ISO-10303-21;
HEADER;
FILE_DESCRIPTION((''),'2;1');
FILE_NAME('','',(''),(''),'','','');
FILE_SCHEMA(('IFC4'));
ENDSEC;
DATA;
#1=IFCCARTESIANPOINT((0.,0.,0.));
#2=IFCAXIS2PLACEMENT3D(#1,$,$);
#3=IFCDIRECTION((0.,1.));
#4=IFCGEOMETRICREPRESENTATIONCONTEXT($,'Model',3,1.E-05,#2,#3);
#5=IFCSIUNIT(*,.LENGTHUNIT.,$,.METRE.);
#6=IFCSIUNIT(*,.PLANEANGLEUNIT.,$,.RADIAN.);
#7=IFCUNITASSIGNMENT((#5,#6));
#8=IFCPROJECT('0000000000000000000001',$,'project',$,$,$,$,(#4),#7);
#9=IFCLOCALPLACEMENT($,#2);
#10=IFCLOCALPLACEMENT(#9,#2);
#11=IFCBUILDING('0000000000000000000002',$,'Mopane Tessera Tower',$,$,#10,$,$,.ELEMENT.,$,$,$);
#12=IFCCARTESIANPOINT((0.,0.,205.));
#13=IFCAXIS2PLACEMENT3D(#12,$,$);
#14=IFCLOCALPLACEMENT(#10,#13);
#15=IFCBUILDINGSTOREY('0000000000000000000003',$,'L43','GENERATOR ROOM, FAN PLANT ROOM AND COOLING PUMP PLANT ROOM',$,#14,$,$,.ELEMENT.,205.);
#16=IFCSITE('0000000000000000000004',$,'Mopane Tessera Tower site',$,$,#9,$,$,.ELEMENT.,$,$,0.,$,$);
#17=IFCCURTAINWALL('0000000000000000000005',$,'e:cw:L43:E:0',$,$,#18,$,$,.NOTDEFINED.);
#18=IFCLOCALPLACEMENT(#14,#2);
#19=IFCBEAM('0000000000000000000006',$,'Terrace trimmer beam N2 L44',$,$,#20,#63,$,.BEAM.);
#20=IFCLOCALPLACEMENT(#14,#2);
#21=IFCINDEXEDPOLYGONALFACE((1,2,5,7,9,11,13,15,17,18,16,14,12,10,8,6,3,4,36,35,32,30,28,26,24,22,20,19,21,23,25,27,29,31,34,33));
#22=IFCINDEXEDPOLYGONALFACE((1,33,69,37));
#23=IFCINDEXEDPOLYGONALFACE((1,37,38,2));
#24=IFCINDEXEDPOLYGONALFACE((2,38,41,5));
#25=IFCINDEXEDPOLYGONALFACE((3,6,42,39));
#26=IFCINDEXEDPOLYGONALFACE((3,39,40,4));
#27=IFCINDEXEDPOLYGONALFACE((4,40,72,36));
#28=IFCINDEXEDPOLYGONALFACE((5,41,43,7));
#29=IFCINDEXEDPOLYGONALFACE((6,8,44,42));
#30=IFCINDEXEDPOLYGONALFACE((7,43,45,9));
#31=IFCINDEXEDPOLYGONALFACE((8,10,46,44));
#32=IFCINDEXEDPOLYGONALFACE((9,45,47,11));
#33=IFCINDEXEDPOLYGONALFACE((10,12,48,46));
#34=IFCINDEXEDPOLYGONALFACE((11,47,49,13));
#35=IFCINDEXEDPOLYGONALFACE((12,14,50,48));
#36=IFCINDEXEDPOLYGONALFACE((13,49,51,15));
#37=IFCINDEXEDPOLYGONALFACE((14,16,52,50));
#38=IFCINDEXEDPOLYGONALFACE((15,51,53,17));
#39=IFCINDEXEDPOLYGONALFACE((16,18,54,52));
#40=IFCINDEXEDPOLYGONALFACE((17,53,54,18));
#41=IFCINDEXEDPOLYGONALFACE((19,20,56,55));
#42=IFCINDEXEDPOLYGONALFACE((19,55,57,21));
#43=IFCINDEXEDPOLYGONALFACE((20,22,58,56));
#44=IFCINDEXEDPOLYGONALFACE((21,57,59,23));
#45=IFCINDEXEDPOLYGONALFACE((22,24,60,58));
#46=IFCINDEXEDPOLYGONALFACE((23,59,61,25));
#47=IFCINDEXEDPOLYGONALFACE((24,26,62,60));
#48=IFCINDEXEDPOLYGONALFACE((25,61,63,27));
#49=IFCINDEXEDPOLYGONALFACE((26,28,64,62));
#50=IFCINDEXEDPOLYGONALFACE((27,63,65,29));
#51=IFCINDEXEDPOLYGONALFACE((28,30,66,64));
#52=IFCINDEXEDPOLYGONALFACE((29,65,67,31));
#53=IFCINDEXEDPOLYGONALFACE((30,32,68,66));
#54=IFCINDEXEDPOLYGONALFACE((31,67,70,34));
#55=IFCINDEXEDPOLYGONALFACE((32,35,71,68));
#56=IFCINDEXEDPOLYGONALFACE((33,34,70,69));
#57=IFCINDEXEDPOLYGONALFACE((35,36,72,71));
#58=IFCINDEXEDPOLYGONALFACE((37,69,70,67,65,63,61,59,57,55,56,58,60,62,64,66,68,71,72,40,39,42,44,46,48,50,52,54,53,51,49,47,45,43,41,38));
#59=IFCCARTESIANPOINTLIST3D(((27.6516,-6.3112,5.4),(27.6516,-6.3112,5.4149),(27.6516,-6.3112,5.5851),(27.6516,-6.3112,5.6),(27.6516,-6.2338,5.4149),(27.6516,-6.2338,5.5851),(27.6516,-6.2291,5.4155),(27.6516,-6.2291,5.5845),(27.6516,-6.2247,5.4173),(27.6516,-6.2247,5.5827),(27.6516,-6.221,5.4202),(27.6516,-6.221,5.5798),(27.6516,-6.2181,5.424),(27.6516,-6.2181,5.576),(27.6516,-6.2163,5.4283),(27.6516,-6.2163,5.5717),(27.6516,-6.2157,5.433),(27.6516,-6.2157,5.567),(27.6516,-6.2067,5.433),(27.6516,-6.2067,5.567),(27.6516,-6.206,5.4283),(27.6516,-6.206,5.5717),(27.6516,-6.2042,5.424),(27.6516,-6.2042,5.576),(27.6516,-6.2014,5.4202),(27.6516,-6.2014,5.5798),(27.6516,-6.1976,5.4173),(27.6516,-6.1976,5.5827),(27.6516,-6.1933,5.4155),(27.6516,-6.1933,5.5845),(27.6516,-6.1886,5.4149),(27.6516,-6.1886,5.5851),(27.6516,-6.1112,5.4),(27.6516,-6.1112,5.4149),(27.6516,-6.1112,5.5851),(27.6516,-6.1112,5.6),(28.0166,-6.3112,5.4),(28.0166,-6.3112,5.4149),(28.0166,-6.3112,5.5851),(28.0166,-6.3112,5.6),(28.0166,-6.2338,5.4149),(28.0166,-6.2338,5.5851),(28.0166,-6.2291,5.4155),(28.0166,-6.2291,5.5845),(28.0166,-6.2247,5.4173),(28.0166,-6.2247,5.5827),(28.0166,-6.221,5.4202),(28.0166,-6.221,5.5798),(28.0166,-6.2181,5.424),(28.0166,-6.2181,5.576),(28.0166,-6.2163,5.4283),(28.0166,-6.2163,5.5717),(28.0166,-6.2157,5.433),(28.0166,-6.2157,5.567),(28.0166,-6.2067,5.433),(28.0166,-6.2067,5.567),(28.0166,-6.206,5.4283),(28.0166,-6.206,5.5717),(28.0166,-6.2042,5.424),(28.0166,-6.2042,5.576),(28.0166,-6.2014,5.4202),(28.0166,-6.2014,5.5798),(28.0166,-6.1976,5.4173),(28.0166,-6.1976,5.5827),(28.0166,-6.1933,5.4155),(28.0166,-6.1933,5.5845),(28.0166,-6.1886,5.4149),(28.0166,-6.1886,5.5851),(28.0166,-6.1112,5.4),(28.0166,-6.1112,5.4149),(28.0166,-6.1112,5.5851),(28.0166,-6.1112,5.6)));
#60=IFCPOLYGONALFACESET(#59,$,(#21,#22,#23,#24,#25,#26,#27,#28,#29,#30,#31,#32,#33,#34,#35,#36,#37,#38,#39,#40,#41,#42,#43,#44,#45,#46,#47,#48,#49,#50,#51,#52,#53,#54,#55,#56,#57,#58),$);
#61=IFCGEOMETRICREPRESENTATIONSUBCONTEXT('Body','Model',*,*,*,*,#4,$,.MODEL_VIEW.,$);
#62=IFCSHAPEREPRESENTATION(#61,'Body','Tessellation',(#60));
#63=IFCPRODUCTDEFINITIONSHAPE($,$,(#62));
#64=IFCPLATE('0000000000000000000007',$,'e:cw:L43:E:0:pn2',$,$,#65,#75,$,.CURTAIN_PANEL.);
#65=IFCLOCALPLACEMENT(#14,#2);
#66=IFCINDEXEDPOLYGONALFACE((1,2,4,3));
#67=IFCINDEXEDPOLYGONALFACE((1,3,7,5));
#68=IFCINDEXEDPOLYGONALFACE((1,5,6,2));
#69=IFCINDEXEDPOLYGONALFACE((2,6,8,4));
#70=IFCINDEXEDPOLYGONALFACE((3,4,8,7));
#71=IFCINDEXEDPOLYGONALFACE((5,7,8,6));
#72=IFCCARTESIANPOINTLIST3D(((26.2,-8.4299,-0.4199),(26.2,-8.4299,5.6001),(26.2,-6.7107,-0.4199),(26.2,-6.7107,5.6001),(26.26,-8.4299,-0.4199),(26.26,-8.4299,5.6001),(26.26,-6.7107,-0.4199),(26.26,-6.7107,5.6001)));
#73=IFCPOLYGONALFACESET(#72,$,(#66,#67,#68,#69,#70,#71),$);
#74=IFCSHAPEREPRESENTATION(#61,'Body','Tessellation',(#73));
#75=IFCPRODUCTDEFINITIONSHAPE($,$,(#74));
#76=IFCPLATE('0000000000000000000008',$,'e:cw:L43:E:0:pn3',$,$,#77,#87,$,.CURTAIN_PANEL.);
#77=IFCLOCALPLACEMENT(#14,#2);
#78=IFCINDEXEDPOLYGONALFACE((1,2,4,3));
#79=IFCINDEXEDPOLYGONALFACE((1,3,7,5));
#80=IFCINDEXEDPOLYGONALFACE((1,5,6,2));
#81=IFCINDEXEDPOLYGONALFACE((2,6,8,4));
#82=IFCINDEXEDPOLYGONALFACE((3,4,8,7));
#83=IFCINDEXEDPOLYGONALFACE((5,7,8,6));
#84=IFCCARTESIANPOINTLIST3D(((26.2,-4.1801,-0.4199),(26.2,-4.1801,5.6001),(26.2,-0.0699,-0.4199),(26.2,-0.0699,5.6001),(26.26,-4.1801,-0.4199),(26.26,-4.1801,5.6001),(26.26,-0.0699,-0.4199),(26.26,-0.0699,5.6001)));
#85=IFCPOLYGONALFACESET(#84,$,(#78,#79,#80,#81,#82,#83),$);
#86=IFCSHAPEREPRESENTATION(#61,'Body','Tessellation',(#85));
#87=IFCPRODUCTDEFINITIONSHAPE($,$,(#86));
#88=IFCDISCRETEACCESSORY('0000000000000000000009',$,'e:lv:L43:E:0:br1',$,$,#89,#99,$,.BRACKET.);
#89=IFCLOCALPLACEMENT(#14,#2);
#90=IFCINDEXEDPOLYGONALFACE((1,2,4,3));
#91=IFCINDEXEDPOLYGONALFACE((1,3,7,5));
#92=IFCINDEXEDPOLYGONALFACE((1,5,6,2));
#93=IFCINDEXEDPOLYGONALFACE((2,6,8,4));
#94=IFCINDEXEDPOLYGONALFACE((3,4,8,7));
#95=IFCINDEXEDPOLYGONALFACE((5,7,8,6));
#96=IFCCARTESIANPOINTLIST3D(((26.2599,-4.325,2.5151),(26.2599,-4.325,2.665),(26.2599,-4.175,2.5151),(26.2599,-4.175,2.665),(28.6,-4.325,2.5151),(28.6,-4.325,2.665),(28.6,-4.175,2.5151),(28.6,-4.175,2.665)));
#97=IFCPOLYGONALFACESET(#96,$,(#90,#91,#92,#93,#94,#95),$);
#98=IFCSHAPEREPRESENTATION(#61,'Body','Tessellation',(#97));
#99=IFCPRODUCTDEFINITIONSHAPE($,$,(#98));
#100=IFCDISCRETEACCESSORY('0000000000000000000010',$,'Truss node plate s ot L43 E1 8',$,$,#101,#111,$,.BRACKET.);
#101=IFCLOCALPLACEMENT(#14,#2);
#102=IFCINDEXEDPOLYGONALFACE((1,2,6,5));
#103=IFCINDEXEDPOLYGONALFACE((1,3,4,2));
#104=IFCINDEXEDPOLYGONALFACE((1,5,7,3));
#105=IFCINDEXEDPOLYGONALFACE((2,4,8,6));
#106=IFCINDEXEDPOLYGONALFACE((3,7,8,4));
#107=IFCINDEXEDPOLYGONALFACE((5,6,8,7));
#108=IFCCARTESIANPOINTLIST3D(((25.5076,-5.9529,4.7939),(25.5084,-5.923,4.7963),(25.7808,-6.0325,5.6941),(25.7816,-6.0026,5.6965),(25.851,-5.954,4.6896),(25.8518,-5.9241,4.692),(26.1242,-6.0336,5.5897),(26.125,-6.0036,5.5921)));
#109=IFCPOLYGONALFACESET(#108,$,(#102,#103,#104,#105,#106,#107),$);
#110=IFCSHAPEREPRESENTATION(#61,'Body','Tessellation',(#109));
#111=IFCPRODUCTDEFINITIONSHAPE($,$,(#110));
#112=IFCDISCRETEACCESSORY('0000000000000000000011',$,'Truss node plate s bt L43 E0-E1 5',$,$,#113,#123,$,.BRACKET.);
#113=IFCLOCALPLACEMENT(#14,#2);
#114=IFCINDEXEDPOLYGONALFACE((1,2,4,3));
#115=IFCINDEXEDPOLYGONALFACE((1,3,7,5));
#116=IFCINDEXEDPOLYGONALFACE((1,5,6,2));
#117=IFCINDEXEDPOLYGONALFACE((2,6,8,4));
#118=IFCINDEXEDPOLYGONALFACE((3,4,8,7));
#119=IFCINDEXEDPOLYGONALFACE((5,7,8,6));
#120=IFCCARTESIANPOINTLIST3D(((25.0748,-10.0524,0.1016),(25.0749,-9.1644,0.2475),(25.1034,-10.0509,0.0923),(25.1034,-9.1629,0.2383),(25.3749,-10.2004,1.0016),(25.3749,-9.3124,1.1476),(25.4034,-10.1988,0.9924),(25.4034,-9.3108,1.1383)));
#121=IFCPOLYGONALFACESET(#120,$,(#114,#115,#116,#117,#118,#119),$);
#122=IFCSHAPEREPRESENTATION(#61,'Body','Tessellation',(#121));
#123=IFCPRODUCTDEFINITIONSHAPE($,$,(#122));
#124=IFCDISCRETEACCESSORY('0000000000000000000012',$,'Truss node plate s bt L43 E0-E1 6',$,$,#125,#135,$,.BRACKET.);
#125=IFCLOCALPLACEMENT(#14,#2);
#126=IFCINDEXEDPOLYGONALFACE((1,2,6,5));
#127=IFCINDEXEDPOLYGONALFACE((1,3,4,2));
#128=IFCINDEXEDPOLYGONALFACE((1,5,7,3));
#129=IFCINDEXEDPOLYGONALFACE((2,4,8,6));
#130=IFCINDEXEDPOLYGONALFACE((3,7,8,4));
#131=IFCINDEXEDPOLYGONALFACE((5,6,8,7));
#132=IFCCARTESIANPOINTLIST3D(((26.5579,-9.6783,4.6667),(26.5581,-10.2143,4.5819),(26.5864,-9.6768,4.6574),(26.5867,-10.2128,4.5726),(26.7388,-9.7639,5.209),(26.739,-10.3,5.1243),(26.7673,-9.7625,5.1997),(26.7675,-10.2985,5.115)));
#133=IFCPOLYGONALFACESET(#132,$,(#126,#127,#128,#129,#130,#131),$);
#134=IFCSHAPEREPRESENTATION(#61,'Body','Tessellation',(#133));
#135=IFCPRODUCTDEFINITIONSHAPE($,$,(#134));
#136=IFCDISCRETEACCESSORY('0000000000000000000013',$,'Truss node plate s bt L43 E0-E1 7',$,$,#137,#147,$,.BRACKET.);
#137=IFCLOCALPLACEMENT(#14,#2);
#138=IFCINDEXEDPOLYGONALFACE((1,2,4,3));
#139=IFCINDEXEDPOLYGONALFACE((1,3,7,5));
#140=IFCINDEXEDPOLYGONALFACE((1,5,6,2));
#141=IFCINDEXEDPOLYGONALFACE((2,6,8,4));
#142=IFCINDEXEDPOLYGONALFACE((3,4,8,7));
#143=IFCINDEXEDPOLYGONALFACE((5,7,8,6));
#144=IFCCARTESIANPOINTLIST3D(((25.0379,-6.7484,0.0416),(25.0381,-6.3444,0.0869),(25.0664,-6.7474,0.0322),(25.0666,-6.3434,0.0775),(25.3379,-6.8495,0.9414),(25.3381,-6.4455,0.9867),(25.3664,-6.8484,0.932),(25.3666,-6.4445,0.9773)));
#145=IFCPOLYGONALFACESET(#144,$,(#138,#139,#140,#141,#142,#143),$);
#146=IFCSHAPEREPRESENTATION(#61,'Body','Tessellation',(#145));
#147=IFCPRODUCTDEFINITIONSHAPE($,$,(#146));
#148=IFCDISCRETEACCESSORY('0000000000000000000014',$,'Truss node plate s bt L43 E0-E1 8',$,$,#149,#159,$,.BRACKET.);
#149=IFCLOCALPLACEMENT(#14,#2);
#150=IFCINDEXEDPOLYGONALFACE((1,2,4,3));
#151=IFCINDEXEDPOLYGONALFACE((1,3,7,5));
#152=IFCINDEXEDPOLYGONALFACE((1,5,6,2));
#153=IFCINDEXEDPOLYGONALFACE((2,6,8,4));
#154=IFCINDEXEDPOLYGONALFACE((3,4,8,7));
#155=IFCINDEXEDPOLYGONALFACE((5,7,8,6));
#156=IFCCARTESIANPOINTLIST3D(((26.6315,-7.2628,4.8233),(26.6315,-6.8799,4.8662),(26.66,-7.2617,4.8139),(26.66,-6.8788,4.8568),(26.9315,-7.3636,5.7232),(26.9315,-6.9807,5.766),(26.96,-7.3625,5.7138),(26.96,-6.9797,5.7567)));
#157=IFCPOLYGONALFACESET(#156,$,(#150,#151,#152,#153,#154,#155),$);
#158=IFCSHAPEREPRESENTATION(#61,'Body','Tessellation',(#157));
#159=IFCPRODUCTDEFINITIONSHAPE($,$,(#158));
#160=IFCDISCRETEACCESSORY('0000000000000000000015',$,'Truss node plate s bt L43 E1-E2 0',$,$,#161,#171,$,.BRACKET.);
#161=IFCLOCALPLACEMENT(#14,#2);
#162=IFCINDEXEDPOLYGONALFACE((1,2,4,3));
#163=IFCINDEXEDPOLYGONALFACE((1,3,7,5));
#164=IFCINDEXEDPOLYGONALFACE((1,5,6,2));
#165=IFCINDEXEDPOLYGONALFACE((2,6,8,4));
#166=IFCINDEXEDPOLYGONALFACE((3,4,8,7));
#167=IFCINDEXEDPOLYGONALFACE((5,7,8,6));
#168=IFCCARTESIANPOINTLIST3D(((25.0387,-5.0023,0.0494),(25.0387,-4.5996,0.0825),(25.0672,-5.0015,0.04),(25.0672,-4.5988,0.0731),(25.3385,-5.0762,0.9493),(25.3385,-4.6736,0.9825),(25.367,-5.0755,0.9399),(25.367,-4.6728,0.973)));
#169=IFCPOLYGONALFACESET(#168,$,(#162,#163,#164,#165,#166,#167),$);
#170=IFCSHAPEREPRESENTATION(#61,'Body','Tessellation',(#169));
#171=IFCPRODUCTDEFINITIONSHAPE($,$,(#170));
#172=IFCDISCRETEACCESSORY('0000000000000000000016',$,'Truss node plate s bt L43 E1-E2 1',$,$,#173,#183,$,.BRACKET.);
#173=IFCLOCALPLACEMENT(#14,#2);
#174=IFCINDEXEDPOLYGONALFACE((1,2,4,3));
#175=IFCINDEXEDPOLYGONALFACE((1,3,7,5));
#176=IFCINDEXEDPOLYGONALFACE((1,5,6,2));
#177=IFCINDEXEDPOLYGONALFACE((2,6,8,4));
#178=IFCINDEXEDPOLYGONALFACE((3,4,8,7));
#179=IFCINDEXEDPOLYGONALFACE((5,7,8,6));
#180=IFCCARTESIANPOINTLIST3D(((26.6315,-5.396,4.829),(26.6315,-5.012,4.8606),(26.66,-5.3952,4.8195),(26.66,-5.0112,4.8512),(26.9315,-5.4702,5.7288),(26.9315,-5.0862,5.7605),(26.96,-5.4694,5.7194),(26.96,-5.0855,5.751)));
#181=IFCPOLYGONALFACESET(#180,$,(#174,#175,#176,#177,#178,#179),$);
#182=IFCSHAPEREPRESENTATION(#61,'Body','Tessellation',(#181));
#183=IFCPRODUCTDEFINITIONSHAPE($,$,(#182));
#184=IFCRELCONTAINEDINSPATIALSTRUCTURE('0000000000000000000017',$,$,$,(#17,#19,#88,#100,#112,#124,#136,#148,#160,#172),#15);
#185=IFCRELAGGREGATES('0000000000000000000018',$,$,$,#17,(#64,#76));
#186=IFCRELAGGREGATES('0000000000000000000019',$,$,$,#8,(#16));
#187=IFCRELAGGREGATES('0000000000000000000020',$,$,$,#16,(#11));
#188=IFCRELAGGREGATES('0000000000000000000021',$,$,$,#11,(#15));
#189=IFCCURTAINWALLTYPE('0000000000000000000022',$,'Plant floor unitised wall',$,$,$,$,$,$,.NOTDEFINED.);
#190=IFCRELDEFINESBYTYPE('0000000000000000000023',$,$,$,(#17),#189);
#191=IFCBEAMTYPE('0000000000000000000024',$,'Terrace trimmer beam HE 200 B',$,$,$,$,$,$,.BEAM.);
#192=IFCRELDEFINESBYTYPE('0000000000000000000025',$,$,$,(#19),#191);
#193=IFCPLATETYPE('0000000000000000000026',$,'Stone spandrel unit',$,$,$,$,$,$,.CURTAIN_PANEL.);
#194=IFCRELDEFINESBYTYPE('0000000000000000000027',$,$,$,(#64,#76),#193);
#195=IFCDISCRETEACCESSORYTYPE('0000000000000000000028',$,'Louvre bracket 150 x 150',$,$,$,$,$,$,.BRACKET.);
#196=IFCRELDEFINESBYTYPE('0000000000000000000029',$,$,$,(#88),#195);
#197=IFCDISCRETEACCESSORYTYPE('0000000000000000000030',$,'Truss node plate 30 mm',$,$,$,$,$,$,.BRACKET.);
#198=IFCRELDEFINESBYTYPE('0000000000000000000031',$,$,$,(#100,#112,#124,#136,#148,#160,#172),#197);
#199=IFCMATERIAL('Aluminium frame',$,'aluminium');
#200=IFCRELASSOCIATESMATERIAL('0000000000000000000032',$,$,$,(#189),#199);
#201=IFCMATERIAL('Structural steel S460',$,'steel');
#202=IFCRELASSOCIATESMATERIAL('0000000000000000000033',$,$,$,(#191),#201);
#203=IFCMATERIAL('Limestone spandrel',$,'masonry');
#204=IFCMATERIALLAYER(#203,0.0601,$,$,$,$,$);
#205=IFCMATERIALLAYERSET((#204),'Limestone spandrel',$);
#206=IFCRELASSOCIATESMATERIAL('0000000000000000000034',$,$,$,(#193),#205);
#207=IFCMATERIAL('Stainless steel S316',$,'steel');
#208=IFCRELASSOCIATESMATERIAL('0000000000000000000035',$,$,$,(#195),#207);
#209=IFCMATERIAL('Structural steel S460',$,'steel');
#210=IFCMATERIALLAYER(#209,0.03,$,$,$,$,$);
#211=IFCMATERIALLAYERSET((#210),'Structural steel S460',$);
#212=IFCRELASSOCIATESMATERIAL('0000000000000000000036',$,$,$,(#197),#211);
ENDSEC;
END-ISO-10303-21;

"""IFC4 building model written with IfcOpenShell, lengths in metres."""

from ifc_helpers import new_model, si_unit, direction, frame, origin, origin_2d, place, context, subcontext, project, spatial, rectangle, i_section, extrude, material, layer, layer_set, material_profile, profile_set, type_object, element, aggregate, save


model = new_model("IFC4")

# Units and contexts
model_context = context("Model", 3, precision=1e-05, world=origin(), true_north=direction((0.0, 1.0)))
body_context = subcontext(model_context, "Body", "Model", "MODEL_VIEW")
ifc_project = project(units=[si_unit("LENGTHUNIT", "METRE"), si_unit("PLANEANGLEUNIT", "RADIAN")], contexts=[model_context])

# Site, building, storey
site_placement = place(None, origin())
site = spatial("IfcSite", under=ifc_project, at=site_placement, Name="Mopane Tessera Tower site", CompositionType="ELEMENT", RefElevation=0.0)
building_placement = place(site_placement, origin())
building = spatial("IfcBuilding", under=site, at=building_placement, Name="Mopane Tessera Tower", CompositionType="ELEMENT")
storey_placement = place(building_placement, frame((0.0, 0.0, 205.0)))
storey = spatial("IfcBuildingStorey", under=building, at=storey_placement, Name="L43", Description="GENERATOR ROOM, FAN PLANT ROOM AND COOLING PUMP PLANT ROOM", CompositionType="ELEMENT", Elevation=205.0)

# Curtain wall
ifc_material_1 = material(Name="Aluminium frame", Category="aluminium")
curtain_wall_type = type_object("IfcCurtainWallType", Name="Plant floor unitised wall", PredefinedType="NOTDEFINED", material=ifc_material_1)
curtain_wall_placement = place(storey_placement, origin())
curtain_wall = element("IfcCurtainWall", 1, at=curtain_wall_placement, inside=storey, type_object=curtain_wall_type, Name="e:cw:L43:E:0", PredefinedType="NOTDEFINED")

# Beam
ifc_material_2 = material(Name="Structural steel S460", Category="steel")
ifc_material_profile_1 = material_profile(ifc_material_2, i_section(OverallWidth=0.2, OverallDepth=0.2, WebThickness=0.009, FlangeThickness=0.0149, FilletRadius=0.0181, at=origin_2d()))
ifc_profile_set_1 = profile_set([ifc_material_profile_1], Name="Structural steel S460")
beam_type = type_object("IfcBeamType", Name="Terrace trimmer beam HE 200 B", PredefinedType="BEAM", material=ifc_profile_set_1)
beam_placement = place(storey_placement, frame((27.6516, -6.2112, 5.5), z_axis=(1.0, 0.0, 0.0), x_axis=(0.0, 1.0, 0.0)))
element("IfcBeam", 2, at=beam_placement, inside=storey, type_object=beam_type, Name="Terrace trimmer beam N2 L44", PredefinedType="BEAM", context=body_context, shape_type="SweptSolid", body=[
    extrude(i_section(OverallWidth=0.2, OverallDepth=0.2, WebThickness=0.009, FlangeThickness=0.0149, FilletRadius=0.0181, at=origin_2d()), origin(), (0.0, 0.0, 1.0), 0.365),
])

# Plates
ifc_material_3 = material(Name="Limestone spandrel", Category="masonry")
ifc_layer_1 = layer(ifc_material_3, 0.0601)
ifc_layer_set_1 = layer_set([ifc_layer_1], Name="Limestone spandrel")
plate_type = type_object("IfcPlateType", Name="Stone spandrel unit", PredefinedType="CURTAIN_PANEL", material=ifc_layer_set_1)
plate_1_placement = place(storey_placement, frame((26.23, -7.5703, -0.4199), z_axis=(0.0, 0.0, 1.0), x_axis=(0.0, 1.0, 0.0)))
plate_1 = element("IfcPlate", 3, at=plate_1_placement, type_object=plate_type, Name="e:cw:L43:E:0:pn2", PredefinedType="CURTAIN_PANEL", context=body_context, shape_type="SweptSolid", body=[
    extrude(rectangle(XDim=1.7192, YDim=0.0601, at=origin_2d()), origin(), (0.0, 0.0, 1.0), 6.02),
])
plate_2_placement = place(storey_placement, frame((26.23, -2.125, -0.4199), z_axis=(0.0, 0.0, 1.0), x_axis=(0.0, 1.0, 0.0)))
plate_2 = element("IfcPlate", 4, at=plate_2_placement, type_object=plate_type, Name="e:cw:L43:E:0:pn3", PredefinedType="CURTAIN_PANEL", context=body_context, shape_type="SweptSolid", body=[
    extrude(rectangle(XDim=4.1101, YDim=0.0601, at=origin_2d()), origin(), (0.0, 0.0, 1.0), 6.02),
])
aggregate(curtain_wall, [plate_1, plate_2])

# Discrete accessories
ifc_material_4 = material(Name="Stainless steel S316", Category="steel")
discrete_accessory_type_1 = type_object("IfcDiscreteAccessoryType", Name="Louvre bracket 150 x 150", PredefinedType="BRACKET", material=ifc_material_4)
discrete_accessory_1_placement = place(storey_placement, frame((27.4299, -4.25, 2.5151), z_axis=(0.0, 0.0, 1.0), x_axis=(1.0, 0.0, 0.0)))
element("IfcDiscreteAccessory", 5, at=discrete_accessory_1_placement, inside=storey, type_object=discrete_accessory_type_1, Name="e:lv:L43:E:0:br1", PredefinedType="BRACKET", context=body_context, shape_type="SweptSolid", body=[
    extrude(rectangle(XDim=2.3401, YDim=0.1499, at=origin_2d()), origin(), (0.0, 0.0, 1.0), 0.1499),
])
ifc_material_5 = material(Name="Structural steel S460", Category="steel")
ifc_layer_2 = layer(ifc_material_5, 0.03)
ifc_layer_set_2 = layer_set([ifc_layer_2], Name="Structural steel S460")
discrete_accessory_type_2 = type_object("IfcDiscreteAccessoryType", Name="Truss node plate 30 mm", PredefinedType="BRACKET", material=ifc_layer_set_2)
discrete_accessory_2_placement = place(storey_placement, frame((25.6797, -5.9385, 4.7429), z_axis=(0.289384, -0.084307, 0.953493), x_axis=(0.027373, 0.996435, 0.079796)))
element("IfcDiscreteAccessory", 6, at=discrete_accessory_2_placement, inside=storey, type_object=discrete_accessory_type_2, Name="Truss node plate s ot L43 E1 8", PredefinedType="BRACKET", context=body_context, shape_type="SweptSolid", body=[
    extrude(rectangle(XDim=0.03, YDim=0.3589, at=origin_2d()), origin(), (0.0, 0.0, 1.0), 0.9441),
])
discrete_accessory_3_placement = place(storey_placement, frame((25.0891, -9.6077, 0.1699), z_axis=(0.312452, -0.154065, 0.937357), x_axis=(-0.949933, -0.050642, 0.308321)))
element("IfcDiscreteAccessory", 7, at=discrete_accessory_3_placement, inside=storey, type_object=discrete_accessory_type_2, Name="Truss node plate s bt L43 E0-E1 5", PredefinedType="BRACKET", context=body_context, shape_type="SweptSolid", body=[
    extrude(rectangle(XDim=0.03, YDim=0.8999, at=origin_2d()), origin(), (0.0, 0.0, 1.0), 0.9602),
])
discrete_accessory_4_placement = place(storey_placement, frame((26.5723, -9.9456, 4.6196), z_axis=(0.312863, -0.148198, 0.938165), x_axis=(-0.949798, -0.049306, 0.308953)))
element("IfcDiscreteAccessory", 8, at=discrete_accessory_4_placement, inside=storey, type_object=discrete_accessory_type_2, Name="Truss node plate s bt L43 E0-E1 6", PredefinedType="BRACKET", context=body_context, shape_type="SweptSolid", body=[
    extrude(rectangle(XDim=0.03, YDim=0.5427, at=origin_2d()), origin(), (0.0, 0.0, 1.0), 0.5781),
])
discrete_accessory_5_placement = place(storey_placement, frame((25.0522, -6.5459, 0.0596), z_axis=(0.314525, -0.105951, 0.943318), x_axis=(-0.949249, -0.034794, 0.312594)))
element("IfcDiscreteAccessory", 9, at=discrete_accessory_5_placement, inside=storey, type_object=discrete_accessory_type_2, Name="Truss node plate s bt L43 E0-E1 7", PredefinedType="BRACKET", context=body_context, shape_type="SweptSolid", body=[
    extrude(rectangle(XDim=0.03, YDim=0.4065, at=origin_2d()), origin(), (0.0, 0.0, 1.0), 0.9539),
])
discrete_accessory_6_placement = place(storey_placement, frame((26.6458, -7.0708, 4.8401), z_axis=(0.314533, -0.105697, 0.943343), x_axis=(-0.949246, -0.034966, 0.312584)))
element("IfcDiscreteAccessory", 10, at=discrete_accessory_6_placement, inside=storey, type_object=discrete_accessory_type_2, Name="Truss node plate s bt L43 E0-E1 8", PredefinedType="BRACKET", context=body_context, shape_type="SweptSolid", body=[
    extrude(rectangle(XDim=0.03, YDim=0.3853, at=origin_2d()), origin(), (0.0, 0.0, 1.0), 0.9539),
])
discrete_accessory_7_placement = place(storey_placement, frame((25.053, -4.8005, 0.0613), z_axis=(0.315116, -0.077753, 0.945863), x_axis=(-0.949053, -0.025875, 0.314052)))
element("IfcDiscreteAccessory", 11, at=discrete_accessory_7_placement, inside=storey, type_object=discrete_accessory_type_2, Name="Truss node plate s bt L43 E1-E2 0", PredefinedType="BRACKET", context=body_context, shape_type="SweptSolid", body=[
    extrude(rectangle(XDim=0.03, YDim=0.4041, at=origin_2d()), origin(), (0.0, 0.0, 1.0), 0.9514),
])
discrete_accessory_8_placement = place(storey_placement, frame((26.6458, -5.2036, 4.8401), z_axis=(0.315341, -0.078001, 0.945767), x_axis=(-0.948978, -0.025824, 0.314282)))
element("IfcDiscreteAccessory", 12, at=discrete_accessory_8_placement, inside=storey, type_object=discrete_accessory_type_2, Name="Truss node plate s bt L43 E1-E2 1", PredefinedType="BRACKET", context=body_context, shape_type="SweptSolid", body=[
    extrude(rectangle(XDim=0.03, YDim=0.3853, at=origin_2d()), origin(), (0.0, 0.0, 1.0), 0.9514),
])

save(model, "model.ifc")
